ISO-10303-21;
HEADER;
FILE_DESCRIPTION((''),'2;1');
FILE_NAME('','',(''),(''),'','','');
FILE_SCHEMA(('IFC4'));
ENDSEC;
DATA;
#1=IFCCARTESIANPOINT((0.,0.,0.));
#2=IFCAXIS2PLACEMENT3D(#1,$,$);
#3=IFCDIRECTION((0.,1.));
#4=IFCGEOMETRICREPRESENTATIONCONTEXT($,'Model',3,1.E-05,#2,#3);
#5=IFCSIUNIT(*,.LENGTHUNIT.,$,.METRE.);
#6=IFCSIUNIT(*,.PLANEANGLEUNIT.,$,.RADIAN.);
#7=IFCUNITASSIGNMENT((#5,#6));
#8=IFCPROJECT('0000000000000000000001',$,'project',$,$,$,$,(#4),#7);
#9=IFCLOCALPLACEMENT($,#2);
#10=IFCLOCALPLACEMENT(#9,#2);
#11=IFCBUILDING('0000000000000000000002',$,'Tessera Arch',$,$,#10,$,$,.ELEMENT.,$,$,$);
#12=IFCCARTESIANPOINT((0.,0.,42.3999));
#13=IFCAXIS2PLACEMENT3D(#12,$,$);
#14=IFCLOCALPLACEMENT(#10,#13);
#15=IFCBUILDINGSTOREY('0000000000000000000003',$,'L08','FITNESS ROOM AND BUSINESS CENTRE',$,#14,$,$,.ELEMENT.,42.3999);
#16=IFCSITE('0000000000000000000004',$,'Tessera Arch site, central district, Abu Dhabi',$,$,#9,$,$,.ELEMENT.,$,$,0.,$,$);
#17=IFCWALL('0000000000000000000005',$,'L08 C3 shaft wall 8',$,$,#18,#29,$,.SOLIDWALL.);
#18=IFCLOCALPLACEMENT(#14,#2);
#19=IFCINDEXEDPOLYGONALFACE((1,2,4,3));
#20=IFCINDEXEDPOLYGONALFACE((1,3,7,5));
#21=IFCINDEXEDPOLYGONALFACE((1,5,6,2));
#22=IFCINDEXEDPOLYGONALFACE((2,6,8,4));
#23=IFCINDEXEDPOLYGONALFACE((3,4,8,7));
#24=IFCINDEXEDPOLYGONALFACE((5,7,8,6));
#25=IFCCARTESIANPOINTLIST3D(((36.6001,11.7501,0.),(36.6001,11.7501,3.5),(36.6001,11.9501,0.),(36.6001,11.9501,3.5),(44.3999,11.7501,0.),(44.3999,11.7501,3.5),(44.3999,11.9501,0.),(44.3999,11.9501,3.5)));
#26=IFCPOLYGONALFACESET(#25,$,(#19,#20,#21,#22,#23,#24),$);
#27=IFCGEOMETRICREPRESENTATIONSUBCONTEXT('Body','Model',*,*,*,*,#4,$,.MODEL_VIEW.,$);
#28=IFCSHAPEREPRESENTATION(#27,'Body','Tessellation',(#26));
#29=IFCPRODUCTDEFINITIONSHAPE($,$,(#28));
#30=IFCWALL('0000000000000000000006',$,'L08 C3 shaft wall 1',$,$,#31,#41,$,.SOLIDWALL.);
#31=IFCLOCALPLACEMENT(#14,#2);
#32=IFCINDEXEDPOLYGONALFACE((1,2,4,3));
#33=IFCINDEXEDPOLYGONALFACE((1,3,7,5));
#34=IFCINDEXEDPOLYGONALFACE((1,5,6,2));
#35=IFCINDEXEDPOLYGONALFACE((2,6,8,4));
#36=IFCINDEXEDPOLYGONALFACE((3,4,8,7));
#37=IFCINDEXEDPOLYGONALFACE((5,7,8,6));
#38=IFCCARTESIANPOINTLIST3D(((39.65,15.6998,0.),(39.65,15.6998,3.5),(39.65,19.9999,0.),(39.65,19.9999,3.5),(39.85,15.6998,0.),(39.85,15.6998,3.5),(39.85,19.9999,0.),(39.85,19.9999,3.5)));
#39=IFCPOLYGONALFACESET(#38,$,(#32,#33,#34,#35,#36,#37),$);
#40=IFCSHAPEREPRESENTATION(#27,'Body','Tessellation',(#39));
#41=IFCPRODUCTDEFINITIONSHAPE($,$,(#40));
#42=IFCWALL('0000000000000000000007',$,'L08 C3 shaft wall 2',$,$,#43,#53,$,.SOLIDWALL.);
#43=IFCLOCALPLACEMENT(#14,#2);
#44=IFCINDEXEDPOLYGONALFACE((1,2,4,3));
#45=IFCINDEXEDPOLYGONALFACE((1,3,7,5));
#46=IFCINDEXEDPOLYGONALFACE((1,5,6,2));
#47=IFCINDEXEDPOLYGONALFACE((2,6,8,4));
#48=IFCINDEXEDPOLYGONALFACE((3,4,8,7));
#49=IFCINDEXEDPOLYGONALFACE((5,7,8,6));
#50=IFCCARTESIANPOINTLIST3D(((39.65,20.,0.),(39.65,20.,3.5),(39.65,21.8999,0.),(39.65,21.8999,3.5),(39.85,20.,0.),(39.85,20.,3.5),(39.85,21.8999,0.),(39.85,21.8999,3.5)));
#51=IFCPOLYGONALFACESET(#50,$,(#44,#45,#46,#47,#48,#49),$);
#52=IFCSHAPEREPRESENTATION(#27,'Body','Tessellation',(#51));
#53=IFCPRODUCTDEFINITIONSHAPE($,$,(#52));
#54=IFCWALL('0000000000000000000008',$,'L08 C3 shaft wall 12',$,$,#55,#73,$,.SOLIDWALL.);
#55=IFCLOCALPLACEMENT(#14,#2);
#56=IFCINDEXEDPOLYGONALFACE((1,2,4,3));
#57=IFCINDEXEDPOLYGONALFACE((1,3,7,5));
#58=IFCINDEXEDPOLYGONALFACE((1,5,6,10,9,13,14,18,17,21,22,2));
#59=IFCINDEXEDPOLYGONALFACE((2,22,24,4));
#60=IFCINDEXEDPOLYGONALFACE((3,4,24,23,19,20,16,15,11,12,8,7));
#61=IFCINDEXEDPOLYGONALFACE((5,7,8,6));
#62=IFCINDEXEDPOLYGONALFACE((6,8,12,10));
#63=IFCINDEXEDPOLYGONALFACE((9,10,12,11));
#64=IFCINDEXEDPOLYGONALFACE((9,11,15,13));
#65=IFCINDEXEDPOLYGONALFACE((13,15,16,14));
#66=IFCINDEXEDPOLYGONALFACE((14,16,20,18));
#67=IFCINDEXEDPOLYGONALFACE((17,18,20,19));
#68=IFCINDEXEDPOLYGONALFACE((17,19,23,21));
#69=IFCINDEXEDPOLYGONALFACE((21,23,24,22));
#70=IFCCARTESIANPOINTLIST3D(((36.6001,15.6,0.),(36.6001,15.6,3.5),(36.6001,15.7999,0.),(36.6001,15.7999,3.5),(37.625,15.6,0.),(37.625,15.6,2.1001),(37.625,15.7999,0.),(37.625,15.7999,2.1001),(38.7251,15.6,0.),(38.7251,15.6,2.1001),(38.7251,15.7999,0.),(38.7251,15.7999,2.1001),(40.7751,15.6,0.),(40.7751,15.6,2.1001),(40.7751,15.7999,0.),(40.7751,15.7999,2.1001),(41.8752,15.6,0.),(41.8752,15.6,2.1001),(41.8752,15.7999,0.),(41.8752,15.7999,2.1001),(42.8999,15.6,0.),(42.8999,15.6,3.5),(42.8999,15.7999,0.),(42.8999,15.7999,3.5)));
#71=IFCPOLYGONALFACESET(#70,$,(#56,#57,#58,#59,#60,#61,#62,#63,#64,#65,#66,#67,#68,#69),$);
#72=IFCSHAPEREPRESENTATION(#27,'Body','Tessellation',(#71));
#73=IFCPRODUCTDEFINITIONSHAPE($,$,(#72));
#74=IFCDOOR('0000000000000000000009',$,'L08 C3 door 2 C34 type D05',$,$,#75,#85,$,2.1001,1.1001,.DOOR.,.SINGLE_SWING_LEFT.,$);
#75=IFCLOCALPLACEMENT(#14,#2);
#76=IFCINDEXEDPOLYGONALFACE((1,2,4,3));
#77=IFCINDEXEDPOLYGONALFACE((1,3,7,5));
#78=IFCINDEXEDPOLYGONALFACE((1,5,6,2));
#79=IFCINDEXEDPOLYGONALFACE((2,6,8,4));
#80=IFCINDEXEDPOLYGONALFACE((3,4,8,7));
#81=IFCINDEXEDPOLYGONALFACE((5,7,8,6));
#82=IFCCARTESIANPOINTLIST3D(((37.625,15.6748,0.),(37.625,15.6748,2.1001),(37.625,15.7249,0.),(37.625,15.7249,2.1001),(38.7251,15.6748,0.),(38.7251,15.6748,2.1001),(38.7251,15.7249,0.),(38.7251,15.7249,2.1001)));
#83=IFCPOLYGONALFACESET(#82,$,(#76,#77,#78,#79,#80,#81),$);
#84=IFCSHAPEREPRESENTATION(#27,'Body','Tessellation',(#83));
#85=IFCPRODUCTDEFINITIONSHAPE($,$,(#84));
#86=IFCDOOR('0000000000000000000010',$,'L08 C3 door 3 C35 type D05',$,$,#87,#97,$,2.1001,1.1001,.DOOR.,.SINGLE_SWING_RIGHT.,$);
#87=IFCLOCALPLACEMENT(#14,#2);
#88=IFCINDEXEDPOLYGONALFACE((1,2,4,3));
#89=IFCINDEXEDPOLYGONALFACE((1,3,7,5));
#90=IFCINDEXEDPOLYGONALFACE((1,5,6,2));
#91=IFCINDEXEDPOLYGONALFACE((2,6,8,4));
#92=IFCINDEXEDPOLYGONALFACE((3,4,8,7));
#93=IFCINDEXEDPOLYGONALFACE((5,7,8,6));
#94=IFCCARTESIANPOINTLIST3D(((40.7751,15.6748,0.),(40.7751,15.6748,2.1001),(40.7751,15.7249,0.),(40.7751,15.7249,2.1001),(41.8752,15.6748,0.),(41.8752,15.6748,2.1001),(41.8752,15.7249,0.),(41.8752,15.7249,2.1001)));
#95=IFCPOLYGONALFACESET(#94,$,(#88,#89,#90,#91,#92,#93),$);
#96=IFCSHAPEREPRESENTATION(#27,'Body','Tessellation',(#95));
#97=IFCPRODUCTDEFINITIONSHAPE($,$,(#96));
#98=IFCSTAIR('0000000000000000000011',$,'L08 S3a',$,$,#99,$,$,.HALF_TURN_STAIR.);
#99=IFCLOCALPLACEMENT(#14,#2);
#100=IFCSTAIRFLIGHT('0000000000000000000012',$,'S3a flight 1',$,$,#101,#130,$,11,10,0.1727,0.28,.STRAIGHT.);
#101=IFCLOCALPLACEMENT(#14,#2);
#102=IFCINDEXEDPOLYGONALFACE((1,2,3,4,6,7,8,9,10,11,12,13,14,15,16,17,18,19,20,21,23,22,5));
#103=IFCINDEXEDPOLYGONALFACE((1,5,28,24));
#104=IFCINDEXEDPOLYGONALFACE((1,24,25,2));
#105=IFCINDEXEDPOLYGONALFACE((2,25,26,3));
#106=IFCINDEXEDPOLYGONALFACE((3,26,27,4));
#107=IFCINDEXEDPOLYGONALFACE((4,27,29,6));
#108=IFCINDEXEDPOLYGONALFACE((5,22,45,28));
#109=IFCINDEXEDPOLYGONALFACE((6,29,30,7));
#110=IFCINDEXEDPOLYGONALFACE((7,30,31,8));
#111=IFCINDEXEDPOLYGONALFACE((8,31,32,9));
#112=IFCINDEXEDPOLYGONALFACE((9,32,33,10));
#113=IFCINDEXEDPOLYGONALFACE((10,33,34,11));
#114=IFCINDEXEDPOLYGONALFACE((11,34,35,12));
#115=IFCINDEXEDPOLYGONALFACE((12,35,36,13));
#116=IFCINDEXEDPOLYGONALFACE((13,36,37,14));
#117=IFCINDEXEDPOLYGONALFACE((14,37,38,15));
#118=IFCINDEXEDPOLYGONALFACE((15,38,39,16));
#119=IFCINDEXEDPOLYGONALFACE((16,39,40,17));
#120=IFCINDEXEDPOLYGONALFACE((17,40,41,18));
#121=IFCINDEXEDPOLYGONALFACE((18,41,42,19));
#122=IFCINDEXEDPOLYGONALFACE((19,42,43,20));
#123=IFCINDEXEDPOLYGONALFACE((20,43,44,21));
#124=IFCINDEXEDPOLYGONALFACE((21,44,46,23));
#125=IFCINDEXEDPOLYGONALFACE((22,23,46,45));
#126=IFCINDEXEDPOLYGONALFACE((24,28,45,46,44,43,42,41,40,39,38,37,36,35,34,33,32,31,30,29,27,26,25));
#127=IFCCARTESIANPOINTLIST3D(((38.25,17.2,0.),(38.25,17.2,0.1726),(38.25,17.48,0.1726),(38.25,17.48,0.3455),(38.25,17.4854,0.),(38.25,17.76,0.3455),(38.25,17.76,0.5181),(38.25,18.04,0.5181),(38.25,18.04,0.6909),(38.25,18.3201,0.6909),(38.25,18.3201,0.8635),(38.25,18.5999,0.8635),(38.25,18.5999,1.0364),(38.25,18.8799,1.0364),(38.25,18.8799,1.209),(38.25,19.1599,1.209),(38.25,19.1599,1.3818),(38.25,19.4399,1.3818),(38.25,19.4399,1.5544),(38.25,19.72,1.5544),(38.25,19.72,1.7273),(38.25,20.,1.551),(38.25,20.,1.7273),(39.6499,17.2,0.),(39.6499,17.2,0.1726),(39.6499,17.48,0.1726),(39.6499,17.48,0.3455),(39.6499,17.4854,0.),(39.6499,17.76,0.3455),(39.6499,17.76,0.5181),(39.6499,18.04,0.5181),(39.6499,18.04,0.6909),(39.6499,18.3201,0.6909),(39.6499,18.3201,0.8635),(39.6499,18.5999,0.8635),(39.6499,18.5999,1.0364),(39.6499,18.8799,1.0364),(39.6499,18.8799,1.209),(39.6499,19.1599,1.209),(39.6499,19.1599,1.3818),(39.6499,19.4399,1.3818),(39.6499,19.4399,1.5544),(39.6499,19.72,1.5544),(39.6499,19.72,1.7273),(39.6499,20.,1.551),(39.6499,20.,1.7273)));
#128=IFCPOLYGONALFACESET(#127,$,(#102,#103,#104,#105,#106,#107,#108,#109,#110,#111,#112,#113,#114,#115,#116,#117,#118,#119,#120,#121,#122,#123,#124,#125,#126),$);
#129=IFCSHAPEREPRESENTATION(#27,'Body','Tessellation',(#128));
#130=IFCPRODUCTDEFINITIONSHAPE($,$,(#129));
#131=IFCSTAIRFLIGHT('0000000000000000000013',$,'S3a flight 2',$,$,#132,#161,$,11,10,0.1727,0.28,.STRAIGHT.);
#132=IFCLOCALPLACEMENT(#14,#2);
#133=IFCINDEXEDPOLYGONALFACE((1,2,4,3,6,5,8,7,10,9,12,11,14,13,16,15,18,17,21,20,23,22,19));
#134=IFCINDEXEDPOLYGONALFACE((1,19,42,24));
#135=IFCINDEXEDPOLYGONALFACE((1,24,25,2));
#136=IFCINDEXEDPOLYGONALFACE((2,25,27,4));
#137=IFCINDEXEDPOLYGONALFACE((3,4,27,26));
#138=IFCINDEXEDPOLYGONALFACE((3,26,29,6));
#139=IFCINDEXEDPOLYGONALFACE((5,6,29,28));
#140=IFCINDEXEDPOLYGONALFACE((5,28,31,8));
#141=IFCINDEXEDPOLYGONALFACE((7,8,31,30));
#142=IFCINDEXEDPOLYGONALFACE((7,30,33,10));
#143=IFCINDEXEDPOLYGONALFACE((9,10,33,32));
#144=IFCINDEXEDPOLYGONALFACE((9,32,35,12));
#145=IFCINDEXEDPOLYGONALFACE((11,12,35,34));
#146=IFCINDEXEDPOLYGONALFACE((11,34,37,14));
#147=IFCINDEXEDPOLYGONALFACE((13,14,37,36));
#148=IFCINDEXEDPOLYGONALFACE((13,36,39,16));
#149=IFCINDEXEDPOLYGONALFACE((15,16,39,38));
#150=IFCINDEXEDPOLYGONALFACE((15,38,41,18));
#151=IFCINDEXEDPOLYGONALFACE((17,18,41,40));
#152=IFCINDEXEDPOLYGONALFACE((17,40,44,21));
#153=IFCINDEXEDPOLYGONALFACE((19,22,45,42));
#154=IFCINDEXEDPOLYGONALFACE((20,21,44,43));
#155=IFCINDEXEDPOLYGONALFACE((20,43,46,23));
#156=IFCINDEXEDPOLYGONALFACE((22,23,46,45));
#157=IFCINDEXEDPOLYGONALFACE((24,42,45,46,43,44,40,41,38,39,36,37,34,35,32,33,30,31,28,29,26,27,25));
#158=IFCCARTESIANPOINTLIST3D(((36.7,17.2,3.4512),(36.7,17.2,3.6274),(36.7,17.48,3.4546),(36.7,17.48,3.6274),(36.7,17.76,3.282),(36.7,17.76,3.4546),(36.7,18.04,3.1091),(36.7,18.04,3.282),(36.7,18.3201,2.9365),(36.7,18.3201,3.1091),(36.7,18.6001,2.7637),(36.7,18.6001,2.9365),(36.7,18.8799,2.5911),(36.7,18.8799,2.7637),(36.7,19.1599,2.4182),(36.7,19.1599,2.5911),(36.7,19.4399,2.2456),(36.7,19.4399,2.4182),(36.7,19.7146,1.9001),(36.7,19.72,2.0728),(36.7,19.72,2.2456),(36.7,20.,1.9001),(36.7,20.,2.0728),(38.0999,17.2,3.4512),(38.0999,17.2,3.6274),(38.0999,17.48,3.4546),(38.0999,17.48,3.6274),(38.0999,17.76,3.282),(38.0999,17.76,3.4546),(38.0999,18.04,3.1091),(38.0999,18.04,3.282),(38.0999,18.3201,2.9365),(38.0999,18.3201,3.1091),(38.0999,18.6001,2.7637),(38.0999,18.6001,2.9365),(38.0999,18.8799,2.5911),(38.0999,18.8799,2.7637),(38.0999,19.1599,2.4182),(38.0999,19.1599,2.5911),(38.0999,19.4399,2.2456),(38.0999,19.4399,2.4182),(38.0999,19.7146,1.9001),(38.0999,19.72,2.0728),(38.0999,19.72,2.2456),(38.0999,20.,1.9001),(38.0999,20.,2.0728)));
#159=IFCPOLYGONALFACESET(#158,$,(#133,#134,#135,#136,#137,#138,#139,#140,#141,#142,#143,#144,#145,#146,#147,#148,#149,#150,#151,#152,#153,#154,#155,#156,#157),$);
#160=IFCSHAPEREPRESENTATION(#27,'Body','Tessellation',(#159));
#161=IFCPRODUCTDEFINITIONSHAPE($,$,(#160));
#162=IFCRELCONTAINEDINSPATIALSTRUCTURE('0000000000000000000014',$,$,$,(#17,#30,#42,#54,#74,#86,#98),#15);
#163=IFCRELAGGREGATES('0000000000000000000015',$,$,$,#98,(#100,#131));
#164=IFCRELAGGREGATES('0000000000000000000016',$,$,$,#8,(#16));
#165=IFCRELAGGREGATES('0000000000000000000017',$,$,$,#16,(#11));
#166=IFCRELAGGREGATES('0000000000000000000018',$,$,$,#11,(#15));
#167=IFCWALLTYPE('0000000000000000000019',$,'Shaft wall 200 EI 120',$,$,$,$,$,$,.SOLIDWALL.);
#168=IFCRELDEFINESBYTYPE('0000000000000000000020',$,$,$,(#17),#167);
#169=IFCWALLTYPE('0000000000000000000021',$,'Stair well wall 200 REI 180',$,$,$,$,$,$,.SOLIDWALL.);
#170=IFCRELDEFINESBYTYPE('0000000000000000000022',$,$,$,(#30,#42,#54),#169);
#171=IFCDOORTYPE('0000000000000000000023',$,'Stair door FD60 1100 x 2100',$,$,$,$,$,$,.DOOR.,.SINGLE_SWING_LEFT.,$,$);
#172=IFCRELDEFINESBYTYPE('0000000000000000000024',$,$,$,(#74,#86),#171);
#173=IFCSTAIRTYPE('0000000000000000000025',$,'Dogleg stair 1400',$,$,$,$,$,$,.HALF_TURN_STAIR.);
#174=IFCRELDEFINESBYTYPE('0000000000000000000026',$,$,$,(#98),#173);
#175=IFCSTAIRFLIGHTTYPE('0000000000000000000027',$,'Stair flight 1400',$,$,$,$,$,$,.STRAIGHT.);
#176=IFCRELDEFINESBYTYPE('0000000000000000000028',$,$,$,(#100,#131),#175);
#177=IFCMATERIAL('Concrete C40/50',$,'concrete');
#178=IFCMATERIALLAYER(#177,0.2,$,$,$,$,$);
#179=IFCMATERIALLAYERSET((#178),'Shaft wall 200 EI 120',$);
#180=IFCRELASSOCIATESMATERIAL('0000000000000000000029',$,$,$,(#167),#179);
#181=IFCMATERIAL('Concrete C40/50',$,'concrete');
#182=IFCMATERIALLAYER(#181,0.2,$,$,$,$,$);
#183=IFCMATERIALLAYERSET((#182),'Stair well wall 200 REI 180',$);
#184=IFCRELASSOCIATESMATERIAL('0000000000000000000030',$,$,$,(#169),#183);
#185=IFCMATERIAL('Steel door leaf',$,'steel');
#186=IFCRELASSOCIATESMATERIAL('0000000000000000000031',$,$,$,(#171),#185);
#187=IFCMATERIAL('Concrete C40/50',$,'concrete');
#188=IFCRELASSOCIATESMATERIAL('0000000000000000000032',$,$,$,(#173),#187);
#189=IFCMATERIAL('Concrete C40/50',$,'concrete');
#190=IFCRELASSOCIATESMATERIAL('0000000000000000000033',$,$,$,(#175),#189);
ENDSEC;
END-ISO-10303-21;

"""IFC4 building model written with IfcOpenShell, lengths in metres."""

from ifc_helpers import new_model, si_unit, direction, frame, frame_2d, origin, place, context, subcontext, project, spatial, polyline, rectangle, outline, extrude, material, layer, layer_set, type_object, element, fill, aggregate, save


model = new_model("IFC4")

# Units and contexts
model_context = context("Model", 3, precision=1e-05, world=origin(), true_north=direction((0.0, 1.0)))
body_context = subcontext(model_context, "Body", "Model", "MODEL_VIEW")
ifc_project = project(units=[si_unit("LENGTHUNIT", "METRE"), si_unit("PLANEANGLEUNIT", "RADIAN")], contexts=[model_context])

# Site, building, storey
site_placement = place(None, origin())
site = spatial("IfcSite", under=ifc_project, at=site_placement, Name="Tessera Arch site, central district, Abu Dhabi", CompositionType="ELEMENT", RefElevation=0.0)
building_placement = place(site_placement, origin())
building = spatial("IfcBuilding", under=site, at=building_placement, Name="Tessera Arch", CompositionType="ELEMENT")
storey_placement = place(building_placement, frame((0.0, 0.0, 42.3999)))
storey = spatial("IfcBuildingStorey", under=building, at=storey_placement, Name="L08", Description="FITNESS ROOM AND BUSINESS CENTRE", CompositionType="ELEMENT", Elevation=42.3999)

# Walls
ifc_material_1 = material(Name="Concrete C40/50", Category="concrete")
ifc_layer_1 = layer(ifc_material_1, 0.2)
ifc_layer_set_1 = layer_set([ifc_layer_1], Name="Shaft wall 200 EI 120")
wall_type_1 = type_object("IfcWallType", Name="Shaft wall 200 EI 120", PredefinedType="SOLIDWALL", material=ifc_layer_set_1)
wall_1_placement = place(storey_placement, frame((36.6001, 11.8501, 0.0), z_axis=(0.0, 0.0, 1.0), x_axis=(1.0, 0.0, 0.0)))
element("IfcWall", 1, at=wall_1_placement, inside=storey, type_object=wall_type_1, Name="L08 C3 shaft wall 8", PredefinedType="SOLIDWALL", context=body_context, shape_type="SweptSolid", body=[
    extrude(rectangle(XDim=7.7998, YDim=0.2, at=frame_2d((3.8999, 0.0))), origin(), (0.0, 0.0, 1.0), 3.5),
])
ifc_material_2 = material(Name="Concrete C40/50", Category="concrete")
ifc_layer_2 = layer(ifc_material_2, 0.2)
ifc_layer_set_2 = layer_set([ifc_layer_2], Name="Stair well wall 200 REI 180")
wall_type_2 = type_object("IfcWallType", Name="Stair well wall 200 REI 180", PredefinedType="SOLIDWALL", material=ifc_layer_set_2)
wall_2_placement = place(storey_placement, frame((39.75, 15.7, 0.0), z_axis=(0.0, 0.0, 1.0), x_axis=(0.0, 1.0, 0.0)))
element("IfcWall", 2, at=wall_2_placement, inside=storey, type_object=wall_type_2, Name="L08 C3 shaft wall 1", PredefinedType="SOLIDWALL", context=body_context, shape_type="SweptSolid", body=[
    extrude(rectangle(XDim=4.3, YDim=0.2, at=frame_2d((2.1499, 0.0))), origin(), (0.0, 0.0, 1.0), 3.5),
])
wall_3_placement = place(storey_placement, frame((39.75, 20.0, 0.0), z_axis=(0.0, 0.0, 1.0), x_axis=(0.0, 1.0, 0.0)))
element("IfcWall", 3, at=wall_3_placement, inside=storey, type_object=wall_type_2, Name="L08 C3 shaft wall 2", PredefinedType="SOLIDWALL", context=body_context, shape_type="SweptSolid", body=[
    extrude(rectangle(XDim=1.8999, YDim=0.2, at=frame_2d((0.95, 0.0))), origin(), (0.0, 0.0, 1.0), 3.5),
])

# Wall, openings, doors
wall_4_placement = place(storey_placement, frame((36.6001, 15.7, 0.0), z_axis=(0.0, 0.0, 1.0), x_axis=(1.0, 0.0, 0.0)))
wall_4 = element("IfcWall", 4, at=wall_4_placement, inside=storey, type_object=wall_type_2, Name="L08 C3 shaft wall 12", PredefinedType="SOLIDWALL", context=body_context, shape_type="SweptSolid", body=[
    extrude(rectangle(XDim=6.2998, YDim=0.2, at=frame_2d((3.1499, 0.0))), origin(), (0.0, 0.0, 1.0), 3.5),
])
opening_1_placement = place(wall_4_placement, frame((1.0249, 0.0, 0.0)))
opening_1 = element("IfcOpeningElement", 5, at=opening_1_placement, cuts=wall_4, PredefinedType="OPENING", context=body_context, shape_type="SweptSolid", body=[
    extrude(rectangle(XDim=1.1001, YDim=2.1001, at=frame_2d((0.55, 1.05))), frame((0.0, 0.1099, 0.0), z_axis=(0.0, -1.0, 0.0), x_axis=(1.0, 0.0, 0.0)), (0.0, 0.0, 1.0), 0.22),
])
opening_2_placement = place(wall_4_placement, frame((4.175, 0.0, 0.0)))
opening_2 = element("IfcOpeningElement", 6, at=opening_2_placement, cuts=wall_4, PredefinedType="OPENING", context=body_context, shape_type="SweptSolid", body=[
    extrude(rectangle(XDim=1.1001, YDim=2.1001, at=frame_2d((0.55, 1.05))), frame((0.0, 0.1099, 0.0), z_axis=(0.0, -1.0, 0.0), x_axis=(1.0, 0.0, 0.0)), (0.0, 0.0, 1.0), 0.22),
])
ifc_material_3 = material(Name="Steel door leaf", Category="steel")
door_type_1 = type_object("IfcDoorType", Name="Stair door FD60 1100 x 2100", OperationType="SINGLE_SWING_LEFT", PredefinedType="DOOR", material=ifc_material_3)
door_1_placement = place(opening_1_placement, origin())
door_1 = element("IfcDoor", 7, at=door_1_placement, inside=storey, type_object=door_type_1, Name="L08 C3 door 2 C34 type D05", OperationType="SINGLE_SWING_LEFT", OverallHeight=2.1001, OverallWidth=1.1001, PredefinedType="DOOR", context=body_context, shape_type="SweptSolid", body=[
    extrude(rectangle(XDim=1.1001, YDim=2.1001, at=frame_2d((0.55, 1.05))), frame((0.0, 0.0249, 0.0), z_axis=(0.0, -1.0, 0.0), x_axis=(1.0, 0.0, 0.0)), (0.0, 0.0, 1.0), 0.05),
])
fill(opening_1, door_1)
door_2_placement = place(opening_2_placement, origin())
door_2 = element("IfcDoor", 8, at=door_2_placement, inside=storey, type_object=door_type_1, Name="L08 C3 door 3 C35 type D05", OperationType="SINGLE_SWING_RIGHT", OverallHeight=2.1001, OverallWidth=1.1001, PredefinedType="DOOR", context=body_context, shape_type="SweptSolid", body=[
    extrude(rectangle(XDim=1.1001, YDim=2.1001, at=frame_2d((0.55, 1.05))), frame((0.0, 0.0249, 0.0), z_axis=(0.0, -1.0, 0.0), x_axis=(1.0, 0.0, 0.0)), (0.0, 0.0, 1.0), 0.05),
])
fill(opening_2, door_2)

# Stair, stair flights
ifc_material_4 = material(Name="Concrete C40/50", Category="concrete")
stair_type = type_object("IfcStairType", Name="Dogleg stair 1400", PredefinedType="HALF_TURN_STAIR", material=ifc_material_4)
stair_placement = place(storey_placement, origin())
stair = element("IfcStair", 9, at=stair_placement, inside=storey, type_object=stair_type, Name="L08 S3a", PredefinedType="HALF_TURN_STAIR")
ifc_material_5 = material(Name="Concrete C40/50", Category="concrete")
stair_flight_type = type_object("IfcStairFlightType", Name="Stair flight 1400", PredefinedType="STRAIGHT", material=ifc_material_5)
stair_flight_1_placement = place(storey_placement, frame((38.95, 17.2, 0.0), z_axis=(0.0, 0.0, 1.0), x_axis=(0.0, 1.0, 0.0)))
stair_flight_1 = element("IfcStairFlight", 10, at=stair_flight_1_placement, type_object=stair_flight_type, Name="S3a flight 1", NumberOfRisers=11, NumberOfTreads=10, PredefinedType="STRAIGHT", RiserHeight=0.1727, TreadLength=0.28, context=body_context, shape_type="SweptSolid", body=[
    extrude(outline(polyline([(0.0, 0.0), (0.0, 0.1726), (0.28, 0.1726), (0.28, 0.3455), (0.5601, 0.3455), (0.5601, 0.5181), (0.8401, 0.5181), (0.8401, 0.6909), (1.1201, 0.6909), (1.1201, 0.8635), (1.3999, 0.8635), (1.3999, 1.0364), (1.6799, 1.0364), (1.6799, 1.209), (1.96, 1.209), (1.96, 1.3818), (2.24, 1.3818), (2.24, 1.5544), (2.52, 1.5544), (2.52, 1.7273), (2.8, 1.7273), (2.8, 1.8999), (2.8, 1.551), (0.2854, 0.0), (0.0, 0.0)])), frame((0.0, 0.7, 0.0), z_axis=(0.0, -1.0, 0.0), x_axis=(1.0, 0.0, 0.0)), (0.0, 0.0, 1.0), 1.3999),
])
stair_flight_2_placement = place(storey_placement, frame((37.3999, 20.0, 1.9001), z_axis=(0.0, 0.0, 1.0), x_axis=(0.0, -1.0, 0.0)))
stair_flight_2 = element("IfcStairFlight", 11, at=stair_flight_2_placement, type_object=stair_flight_type, Name="S3a flight 2", NumberOfRisers=11, NumberOfTreads=10, PredefinedType="STRAIGHT", RiserHeight=0.1727, TreadLength=0.28, context=body_context, shape_type="SweptSolid", body=[
    extrude(outline(polyline([(0.0, 0.0), (0.0, 0.1726), (0.28, 0.1726), (0.28, 0.3455), (0.5601, 0.3455), (0.5601, 0.5181), (0.8401, 0.5181), (0.8401, 0.6909), (1.1201, 0.6909), (1.1201, 0.8635), (1.3999, 0.8635), (1.3999, 1.0364), (1.6799, 1.0364), (1.6799, 1.209), (1.96, 1.209), (1.96, 1.3818), (2.24, 1.3818), (2.24, 1.5544), (2.52, 1.5544), (2.52, 1.7273), (2.8, 1.7273), (2.8, 1.8999), (2.8, 1.551), (0.2854, 0.0), (0.0, 0.0)])), frame((0.0, 0.7, 0.0), z_axis=(0.0, -1.0, 0.0), x_axis=(1.0, 0.0, 0.0)), (0.0, 0.0, 1.0), 1.3999),
])
aggregate(stair, [stair_flight_1, stair_flight_2])

save(model, "model.ifc")
